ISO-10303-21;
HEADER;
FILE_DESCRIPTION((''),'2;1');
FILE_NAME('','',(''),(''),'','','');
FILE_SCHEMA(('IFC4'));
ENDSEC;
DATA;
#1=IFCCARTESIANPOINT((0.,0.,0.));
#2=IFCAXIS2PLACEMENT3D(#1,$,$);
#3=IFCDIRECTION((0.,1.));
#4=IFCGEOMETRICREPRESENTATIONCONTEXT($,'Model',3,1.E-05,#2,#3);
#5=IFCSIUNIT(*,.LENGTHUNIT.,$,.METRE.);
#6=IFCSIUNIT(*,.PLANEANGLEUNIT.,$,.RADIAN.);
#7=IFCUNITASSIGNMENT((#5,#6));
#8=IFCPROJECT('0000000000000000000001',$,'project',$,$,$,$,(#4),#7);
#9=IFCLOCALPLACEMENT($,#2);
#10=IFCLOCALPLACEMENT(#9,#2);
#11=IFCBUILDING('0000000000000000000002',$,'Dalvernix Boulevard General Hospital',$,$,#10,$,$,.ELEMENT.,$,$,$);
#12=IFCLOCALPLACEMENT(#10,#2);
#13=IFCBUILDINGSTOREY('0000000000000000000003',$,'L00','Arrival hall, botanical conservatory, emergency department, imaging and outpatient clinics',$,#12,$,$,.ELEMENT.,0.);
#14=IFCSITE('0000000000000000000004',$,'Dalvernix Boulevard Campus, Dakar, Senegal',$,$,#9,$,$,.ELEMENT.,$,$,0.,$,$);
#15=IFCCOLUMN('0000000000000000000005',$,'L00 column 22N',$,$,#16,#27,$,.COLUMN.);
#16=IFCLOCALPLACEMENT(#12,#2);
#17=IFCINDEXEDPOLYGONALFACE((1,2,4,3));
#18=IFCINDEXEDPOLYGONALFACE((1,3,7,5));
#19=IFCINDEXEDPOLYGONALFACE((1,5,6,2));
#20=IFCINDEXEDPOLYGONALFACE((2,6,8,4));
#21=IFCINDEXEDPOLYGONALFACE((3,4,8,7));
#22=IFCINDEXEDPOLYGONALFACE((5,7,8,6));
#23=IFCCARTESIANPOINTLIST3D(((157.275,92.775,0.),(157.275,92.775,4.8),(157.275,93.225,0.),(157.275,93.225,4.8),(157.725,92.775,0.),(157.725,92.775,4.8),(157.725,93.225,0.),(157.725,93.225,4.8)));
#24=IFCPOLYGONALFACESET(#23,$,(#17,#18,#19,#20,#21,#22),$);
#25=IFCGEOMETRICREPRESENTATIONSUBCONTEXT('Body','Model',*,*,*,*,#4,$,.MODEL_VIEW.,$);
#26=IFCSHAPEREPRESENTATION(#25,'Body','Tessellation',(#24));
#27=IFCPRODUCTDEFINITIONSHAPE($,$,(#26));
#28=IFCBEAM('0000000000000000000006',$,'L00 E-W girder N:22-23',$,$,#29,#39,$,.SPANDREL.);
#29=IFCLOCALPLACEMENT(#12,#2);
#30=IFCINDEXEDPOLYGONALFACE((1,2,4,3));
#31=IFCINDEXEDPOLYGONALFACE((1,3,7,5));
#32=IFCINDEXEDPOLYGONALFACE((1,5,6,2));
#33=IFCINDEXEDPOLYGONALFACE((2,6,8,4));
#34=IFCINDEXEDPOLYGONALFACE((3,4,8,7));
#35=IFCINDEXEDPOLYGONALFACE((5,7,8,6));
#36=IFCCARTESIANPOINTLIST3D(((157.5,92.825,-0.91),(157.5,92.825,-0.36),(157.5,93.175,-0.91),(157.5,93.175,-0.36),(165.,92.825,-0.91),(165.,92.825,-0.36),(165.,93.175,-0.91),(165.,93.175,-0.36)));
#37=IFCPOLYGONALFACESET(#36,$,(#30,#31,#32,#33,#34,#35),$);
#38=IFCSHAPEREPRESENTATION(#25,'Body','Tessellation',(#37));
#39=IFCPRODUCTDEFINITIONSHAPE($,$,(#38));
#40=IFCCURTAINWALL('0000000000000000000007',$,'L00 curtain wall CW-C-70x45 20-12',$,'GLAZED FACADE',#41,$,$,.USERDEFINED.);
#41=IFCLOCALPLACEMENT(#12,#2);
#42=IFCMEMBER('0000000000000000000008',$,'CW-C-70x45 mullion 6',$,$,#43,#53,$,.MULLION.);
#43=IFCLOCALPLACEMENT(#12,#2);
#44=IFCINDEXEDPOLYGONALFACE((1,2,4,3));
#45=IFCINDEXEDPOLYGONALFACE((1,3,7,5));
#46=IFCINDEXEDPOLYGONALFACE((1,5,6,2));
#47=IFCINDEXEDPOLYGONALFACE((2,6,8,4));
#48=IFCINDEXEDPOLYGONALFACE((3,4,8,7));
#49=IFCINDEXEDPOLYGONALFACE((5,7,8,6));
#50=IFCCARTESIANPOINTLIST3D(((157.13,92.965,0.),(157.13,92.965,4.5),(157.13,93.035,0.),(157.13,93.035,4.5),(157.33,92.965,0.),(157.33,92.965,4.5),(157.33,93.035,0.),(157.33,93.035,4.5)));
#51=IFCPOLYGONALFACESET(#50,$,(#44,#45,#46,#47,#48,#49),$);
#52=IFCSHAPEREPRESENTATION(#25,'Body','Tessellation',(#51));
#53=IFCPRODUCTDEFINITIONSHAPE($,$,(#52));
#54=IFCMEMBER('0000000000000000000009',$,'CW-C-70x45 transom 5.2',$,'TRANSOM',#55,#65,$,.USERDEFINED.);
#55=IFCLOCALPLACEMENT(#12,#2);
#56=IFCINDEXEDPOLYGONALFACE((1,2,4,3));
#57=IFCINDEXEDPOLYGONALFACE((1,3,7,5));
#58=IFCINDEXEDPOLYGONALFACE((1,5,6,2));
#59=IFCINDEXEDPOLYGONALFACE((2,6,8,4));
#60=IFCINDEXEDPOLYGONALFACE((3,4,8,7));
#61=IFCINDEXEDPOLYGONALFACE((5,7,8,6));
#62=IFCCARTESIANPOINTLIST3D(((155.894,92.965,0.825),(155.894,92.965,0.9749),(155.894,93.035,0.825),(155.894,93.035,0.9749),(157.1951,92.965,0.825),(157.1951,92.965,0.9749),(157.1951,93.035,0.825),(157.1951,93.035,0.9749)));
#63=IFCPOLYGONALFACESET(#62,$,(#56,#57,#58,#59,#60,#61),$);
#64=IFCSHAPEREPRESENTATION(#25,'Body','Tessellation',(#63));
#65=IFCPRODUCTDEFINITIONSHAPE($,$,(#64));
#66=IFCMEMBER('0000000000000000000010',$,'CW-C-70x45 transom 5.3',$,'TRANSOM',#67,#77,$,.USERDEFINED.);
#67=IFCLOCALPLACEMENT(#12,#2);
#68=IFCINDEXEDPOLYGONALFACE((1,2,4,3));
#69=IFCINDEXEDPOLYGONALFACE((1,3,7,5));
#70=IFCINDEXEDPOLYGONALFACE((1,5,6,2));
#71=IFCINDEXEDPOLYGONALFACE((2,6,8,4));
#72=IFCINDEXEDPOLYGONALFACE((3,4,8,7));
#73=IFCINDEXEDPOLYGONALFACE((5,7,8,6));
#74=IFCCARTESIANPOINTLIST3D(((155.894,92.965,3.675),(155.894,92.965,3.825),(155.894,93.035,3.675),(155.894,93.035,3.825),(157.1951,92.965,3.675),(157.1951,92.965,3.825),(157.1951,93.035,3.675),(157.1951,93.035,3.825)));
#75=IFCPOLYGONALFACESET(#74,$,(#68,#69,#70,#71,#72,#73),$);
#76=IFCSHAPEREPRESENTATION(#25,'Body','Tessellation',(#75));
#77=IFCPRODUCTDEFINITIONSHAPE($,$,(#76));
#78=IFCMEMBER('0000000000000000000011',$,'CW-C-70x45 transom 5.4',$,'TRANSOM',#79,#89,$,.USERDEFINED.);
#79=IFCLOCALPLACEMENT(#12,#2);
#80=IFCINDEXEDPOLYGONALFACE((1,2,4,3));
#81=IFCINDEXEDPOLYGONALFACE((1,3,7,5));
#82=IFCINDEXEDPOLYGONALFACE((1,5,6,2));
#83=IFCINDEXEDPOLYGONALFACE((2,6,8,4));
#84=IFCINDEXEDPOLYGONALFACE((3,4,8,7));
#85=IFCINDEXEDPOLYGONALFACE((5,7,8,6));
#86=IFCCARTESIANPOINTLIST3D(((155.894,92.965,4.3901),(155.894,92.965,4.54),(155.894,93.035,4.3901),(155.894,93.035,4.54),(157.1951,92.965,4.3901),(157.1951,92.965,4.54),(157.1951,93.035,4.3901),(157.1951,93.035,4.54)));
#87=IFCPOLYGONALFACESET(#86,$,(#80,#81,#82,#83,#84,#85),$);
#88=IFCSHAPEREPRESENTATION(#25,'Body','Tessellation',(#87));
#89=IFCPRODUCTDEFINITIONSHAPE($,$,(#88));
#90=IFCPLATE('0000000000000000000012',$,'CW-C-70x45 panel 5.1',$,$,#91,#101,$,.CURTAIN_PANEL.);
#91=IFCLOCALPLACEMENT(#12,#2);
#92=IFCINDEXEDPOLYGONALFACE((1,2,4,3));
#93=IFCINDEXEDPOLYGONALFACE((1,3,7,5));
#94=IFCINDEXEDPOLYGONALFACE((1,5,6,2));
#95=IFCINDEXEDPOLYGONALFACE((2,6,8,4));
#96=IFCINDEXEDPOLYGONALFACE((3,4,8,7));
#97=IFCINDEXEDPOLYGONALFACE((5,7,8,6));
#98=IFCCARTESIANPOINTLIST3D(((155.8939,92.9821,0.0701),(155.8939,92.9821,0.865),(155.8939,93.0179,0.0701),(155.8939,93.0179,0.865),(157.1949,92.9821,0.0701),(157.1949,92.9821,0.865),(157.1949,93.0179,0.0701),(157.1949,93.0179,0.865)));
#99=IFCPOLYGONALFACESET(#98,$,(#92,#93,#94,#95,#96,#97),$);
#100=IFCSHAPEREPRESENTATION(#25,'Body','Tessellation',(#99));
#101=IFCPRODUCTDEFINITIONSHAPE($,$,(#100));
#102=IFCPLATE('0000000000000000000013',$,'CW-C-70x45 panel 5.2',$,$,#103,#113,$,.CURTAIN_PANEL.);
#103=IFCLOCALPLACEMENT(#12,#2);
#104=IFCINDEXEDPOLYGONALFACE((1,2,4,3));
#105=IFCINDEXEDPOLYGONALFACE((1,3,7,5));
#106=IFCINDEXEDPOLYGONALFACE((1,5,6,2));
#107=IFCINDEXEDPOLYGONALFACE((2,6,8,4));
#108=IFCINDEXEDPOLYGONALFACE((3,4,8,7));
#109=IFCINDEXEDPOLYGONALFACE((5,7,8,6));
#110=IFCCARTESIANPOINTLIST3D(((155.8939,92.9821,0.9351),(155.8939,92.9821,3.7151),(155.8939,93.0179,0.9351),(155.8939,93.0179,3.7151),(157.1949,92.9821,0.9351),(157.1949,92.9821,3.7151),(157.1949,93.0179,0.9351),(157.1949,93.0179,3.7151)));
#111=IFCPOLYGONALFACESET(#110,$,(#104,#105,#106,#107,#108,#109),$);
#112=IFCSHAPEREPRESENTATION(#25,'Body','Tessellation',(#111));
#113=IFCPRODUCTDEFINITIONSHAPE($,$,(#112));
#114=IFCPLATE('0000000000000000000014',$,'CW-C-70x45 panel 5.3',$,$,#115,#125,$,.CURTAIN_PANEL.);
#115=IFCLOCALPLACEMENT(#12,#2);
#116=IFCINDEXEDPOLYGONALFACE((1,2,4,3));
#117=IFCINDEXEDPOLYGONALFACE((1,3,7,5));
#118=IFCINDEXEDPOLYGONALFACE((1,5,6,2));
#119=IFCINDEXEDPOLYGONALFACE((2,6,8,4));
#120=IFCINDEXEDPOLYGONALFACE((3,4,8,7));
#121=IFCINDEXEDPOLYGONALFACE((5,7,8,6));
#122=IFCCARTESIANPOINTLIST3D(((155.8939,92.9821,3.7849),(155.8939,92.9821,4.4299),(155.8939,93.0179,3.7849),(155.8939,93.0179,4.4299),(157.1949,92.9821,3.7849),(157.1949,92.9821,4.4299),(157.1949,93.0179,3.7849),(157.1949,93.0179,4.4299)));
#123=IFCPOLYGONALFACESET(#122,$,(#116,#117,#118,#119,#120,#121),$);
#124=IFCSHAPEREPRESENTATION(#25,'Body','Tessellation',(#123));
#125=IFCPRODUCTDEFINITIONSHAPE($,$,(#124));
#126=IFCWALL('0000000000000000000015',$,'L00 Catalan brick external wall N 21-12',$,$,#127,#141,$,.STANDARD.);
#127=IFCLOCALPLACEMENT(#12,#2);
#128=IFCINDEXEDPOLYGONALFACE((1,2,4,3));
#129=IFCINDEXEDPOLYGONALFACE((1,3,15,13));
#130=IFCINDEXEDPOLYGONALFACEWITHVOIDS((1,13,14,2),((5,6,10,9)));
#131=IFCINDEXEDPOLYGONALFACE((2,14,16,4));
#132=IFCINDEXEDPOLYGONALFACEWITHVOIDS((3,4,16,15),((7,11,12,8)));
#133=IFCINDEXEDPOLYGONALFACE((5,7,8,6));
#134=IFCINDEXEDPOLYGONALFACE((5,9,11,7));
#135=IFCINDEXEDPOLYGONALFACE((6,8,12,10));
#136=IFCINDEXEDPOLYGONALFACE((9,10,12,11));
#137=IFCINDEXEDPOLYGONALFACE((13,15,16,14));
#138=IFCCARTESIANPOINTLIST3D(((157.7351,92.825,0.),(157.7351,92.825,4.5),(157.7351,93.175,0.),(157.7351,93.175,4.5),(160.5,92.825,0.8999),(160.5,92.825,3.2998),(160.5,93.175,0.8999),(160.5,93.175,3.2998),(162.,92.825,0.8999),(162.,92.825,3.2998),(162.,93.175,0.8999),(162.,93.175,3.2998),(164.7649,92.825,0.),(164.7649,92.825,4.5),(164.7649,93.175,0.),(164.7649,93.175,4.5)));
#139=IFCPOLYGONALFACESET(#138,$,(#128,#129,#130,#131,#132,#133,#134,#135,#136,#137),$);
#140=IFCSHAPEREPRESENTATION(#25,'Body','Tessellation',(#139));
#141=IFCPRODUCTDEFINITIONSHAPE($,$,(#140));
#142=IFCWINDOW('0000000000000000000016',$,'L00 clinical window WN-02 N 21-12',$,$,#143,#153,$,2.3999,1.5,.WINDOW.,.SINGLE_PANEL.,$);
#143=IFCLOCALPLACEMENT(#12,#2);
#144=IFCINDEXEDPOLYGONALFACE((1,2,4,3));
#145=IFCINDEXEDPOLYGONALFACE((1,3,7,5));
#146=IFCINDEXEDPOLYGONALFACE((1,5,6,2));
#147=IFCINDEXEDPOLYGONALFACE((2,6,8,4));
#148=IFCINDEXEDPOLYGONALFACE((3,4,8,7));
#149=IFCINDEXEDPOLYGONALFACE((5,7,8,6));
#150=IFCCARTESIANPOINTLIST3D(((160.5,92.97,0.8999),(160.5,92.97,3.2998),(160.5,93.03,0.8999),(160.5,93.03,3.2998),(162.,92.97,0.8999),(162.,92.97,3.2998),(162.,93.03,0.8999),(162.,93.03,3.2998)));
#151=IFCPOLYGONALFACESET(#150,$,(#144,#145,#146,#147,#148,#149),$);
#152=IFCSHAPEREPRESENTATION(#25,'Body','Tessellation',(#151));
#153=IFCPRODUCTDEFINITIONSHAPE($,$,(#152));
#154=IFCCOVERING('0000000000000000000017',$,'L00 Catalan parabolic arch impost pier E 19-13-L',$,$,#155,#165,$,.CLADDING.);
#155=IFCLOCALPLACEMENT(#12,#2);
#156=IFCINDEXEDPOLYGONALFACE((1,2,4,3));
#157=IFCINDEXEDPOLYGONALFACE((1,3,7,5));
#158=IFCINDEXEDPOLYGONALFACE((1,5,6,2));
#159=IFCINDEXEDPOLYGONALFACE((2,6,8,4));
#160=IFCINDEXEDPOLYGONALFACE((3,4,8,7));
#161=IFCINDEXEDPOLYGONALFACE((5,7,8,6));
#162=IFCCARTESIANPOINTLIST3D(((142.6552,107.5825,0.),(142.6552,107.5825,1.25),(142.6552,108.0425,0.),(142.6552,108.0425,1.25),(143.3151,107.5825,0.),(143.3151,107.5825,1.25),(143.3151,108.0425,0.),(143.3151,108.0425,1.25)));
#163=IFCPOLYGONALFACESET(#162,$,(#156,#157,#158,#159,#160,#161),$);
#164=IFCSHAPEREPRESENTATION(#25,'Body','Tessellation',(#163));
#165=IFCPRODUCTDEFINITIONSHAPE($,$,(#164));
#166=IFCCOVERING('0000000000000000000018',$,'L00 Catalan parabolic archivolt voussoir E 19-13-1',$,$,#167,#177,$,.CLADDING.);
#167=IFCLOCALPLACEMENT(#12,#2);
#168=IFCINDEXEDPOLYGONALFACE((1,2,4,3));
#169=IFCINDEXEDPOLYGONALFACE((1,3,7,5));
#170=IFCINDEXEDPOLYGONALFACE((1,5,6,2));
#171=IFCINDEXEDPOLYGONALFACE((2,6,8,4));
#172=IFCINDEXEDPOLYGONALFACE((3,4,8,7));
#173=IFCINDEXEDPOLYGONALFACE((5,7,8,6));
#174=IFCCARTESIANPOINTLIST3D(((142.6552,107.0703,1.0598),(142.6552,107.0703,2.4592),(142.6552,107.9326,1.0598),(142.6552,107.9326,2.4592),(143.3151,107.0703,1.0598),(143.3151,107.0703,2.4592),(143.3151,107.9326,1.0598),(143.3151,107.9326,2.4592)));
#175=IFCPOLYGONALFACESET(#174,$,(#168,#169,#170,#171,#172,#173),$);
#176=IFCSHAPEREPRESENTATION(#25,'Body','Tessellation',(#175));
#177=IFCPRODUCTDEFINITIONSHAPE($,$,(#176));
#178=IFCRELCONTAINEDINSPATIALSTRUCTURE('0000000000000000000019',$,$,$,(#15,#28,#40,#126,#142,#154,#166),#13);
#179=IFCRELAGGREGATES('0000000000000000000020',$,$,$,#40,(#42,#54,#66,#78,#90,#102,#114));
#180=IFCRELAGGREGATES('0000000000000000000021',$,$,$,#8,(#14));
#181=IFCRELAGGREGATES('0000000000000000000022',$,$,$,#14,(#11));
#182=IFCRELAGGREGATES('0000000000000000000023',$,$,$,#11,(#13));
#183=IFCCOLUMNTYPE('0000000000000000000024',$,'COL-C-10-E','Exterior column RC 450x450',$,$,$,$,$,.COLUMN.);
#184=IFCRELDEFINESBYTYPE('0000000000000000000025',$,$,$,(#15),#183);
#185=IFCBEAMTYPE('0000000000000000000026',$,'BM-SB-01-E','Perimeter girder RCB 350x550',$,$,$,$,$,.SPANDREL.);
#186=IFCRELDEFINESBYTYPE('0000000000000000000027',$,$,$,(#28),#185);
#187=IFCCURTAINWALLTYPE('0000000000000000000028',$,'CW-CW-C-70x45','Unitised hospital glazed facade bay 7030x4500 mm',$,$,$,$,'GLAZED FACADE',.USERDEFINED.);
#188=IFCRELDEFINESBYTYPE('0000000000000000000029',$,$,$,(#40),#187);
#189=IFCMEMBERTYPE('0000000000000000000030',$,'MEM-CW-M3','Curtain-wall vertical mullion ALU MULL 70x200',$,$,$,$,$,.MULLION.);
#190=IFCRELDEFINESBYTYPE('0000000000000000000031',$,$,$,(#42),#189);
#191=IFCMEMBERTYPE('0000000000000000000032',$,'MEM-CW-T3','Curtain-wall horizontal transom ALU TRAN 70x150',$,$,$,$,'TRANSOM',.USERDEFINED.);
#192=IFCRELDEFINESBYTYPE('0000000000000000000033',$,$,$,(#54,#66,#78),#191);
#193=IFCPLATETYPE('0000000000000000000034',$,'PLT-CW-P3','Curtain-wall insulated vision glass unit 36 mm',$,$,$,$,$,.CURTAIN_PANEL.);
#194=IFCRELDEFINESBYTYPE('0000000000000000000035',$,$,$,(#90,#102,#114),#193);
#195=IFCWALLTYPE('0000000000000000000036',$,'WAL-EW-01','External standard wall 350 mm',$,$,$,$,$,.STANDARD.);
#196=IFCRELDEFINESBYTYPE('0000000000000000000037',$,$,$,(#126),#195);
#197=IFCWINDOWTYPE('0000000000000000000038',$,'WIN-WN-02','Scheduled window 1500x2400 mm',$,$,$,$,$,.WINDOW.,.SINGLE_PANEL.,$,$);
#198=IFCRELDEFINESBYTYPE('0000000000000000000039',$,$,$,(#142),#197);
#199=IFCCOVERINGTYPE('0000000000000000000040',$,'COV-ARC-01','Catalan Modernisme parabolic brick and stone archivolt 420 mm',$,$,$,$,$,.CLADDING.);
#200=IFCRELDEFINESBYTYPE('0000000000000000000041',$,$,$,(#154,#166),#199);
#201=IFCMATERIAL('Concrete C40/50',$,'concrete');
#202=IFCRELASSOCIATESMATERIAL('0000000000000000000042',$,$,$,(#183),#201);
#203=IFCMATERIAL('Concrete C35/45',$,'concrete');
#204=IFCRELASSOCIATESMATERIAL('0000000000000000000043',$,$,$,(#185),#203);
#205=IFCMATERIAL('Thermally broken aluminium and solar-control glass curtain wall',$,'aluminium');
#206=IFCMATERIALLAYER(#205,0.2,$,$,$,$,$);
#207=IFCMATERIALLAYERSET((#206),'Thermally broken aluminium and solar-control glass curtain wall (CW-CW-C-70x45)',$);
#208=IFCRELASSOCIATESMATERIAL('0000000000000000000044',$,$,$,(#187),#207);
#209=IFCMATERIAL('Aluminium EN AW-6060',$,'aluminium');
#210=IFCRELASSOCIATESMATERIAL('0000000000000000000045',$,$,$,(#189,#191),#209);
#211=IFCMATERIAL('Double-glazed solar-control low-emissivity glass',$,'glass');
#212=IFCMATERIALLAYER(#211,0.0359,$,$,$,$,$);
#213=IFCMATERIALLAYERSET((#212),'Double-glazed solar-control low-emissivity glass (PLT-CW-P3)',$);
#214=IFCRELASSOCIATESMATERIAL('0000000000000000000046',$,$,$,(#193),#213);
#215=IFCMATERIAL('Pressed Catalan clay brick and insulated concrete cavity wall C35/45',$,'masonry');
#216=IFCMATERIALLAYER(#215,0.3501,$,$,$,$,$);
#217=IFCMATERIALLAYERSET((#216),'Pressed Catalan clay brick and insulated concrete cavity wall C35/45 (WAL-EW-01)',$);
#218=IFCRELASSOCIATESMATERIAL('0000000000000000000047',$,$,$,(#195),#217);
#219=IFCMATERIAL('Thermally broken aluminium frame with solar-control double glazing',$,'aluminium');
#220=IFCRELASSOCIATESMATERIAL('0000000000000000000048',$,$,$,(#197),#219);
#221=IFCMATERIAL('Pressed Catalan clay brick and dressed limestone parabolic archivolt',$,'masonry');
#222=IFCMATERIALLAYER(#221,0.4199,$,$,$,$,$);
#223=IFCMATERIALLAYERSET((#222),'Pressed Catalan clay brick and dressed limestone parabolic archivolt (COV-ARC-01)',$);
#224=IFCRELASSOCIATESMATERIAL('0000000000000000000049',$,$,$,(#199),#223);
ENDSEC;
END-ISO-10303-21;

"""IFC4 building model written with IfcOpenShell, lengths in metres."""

from ifc_helpers import new_model, si_unit, direction, frame, frame_2d, origin, origin_2d, place, context, subcontext, project, spatial, rectangle, extrude, material, layer, layer_set, material_profile, profile_set, type_object, element, fill, aggregate, save


model = new_model("IFC4")

# Units and contexts
model_context = context("Model", 3, precision=1e-05, world=origin(), true_north=direction((0.0, 1.0)))
body_context = subcontext(model_context, "Body", "Model", "MODEL_VIEW")
ifc_project = project(units=[si_unit("LENGTHUNIT", "METRE"), si_unit("PLANEANGLEUNIT", "RADIAN")], contexts=[model_context])

# Site, building, storey
site_placement = place(None, origin())
site = spatial("IfcSite", under=ifc_project, at=site_placement, Name="Dalvernix Boulevard Campus, Dakar, Senegal", CompositionType="ELEMENT", RefElevation=0.0)
building_placement = place(site_placement, origin())
building = spatial("IfcBuilding", under=site, at=building_placement, Name="Dalvernix Boulevard General Hospital", CompositionType="ELEMENT")
storey_placement = place(building_placement, origin())
storey = spatial("IfcBuildingStorey", under=building, at=storey_placement, Name="L00", Description="Arrival hall, botanical conservatory, emergency department, imaging and outpatient clinics", CompositionType="ELEMENT", Elevation=0.0)

# Column
ifc_material_1 = material(Name="Concrete C40/50", Category="concrete")
ifc_material_profile_1 = material_profile(ifc_material_1, rectangle(XDim=0.45, YDim=0.45, at=origin_2d()), Name="RC 450x450")
ifc_profile_set_1 = profile_set([ifc_material_profile_1], Name="Concrete C40/50")
column_type = type_object("IfcColumnType", Name="COL-C-10-E", Description="Exterior column RC 450x450", PredefinedType="COLUMN", material=ifc_profile_set_1)
column_placement = place(storey_placement, frame((157.5, 93.0, 0.0), z_axis=(0.0, 0.0, 1.0), x_axis=(1.0, 0.0, 0.0)))
element("IfcColumn", 1, at=column_placement, inside=storey, type_object=column_type, Name="L00 column 22N", PredefinedType="COLUMN", context=body_context, shape_type="SweptSolid", body=[
    extrude(rectangle(XDim=0.45, YDim=0.45, at=origin_2d()), origin(), (0.0, 0.0, 1.0), 4.8),
])

# Beam
ifc_material_2 = material(Name="Concrete C35/45", Category="concrete")
ifc_material_profile_2 = material_profile(ifc_material_2, rectangle(XDim=0.3501, YDim=0.55, at=origin_2d()), Name="RCB 350x550")
ifc_profile_set_2 = profile_set([ifc_material_profile_2], Name="Concrete C35/45")
beam_type = type_object("IfcBeamType", Name="BM-SB-01-E", Description="Perimeter girder RCB 350x550", PredefinedType="SPANDREL", material=ifc_profile_set_2)
beam_placement = place(storey_placement, frame((157.5, 93.0, -0.635), z_axis=(1.0, 0.0, 0.0), x_axis=(0.0, 1.0, 0.0)))
element("IfcBeam", 2, at=beam_placement, inside=storey, type_object=beam_type, Name="L00 E-W girder N:22-23", PredefinedType="SPANDREL", context=body_context, shape_type="SweptSolid", body=[
    extrude(rectangle(XDim=0.3501, YDim=0.55, at=origin_2d()), origin(), (0.0, 0.0, 1.0), 7.5),
])

# Curtain wall, members, plates
ifc_material_3 = material(Name="Thermally broken aluminium and solar-control glass curtain wall", Category="aluminium")
ifc_layer_1 = layer(ifc_material_3, 0.2)
ifc_layer_set_1 = layer_set([ifc_layer_1], Name="Thermally broken aluminium and solar-control glass curtain wall (CW-CW-C-70x45)")
curtain_wall_type = type_object("IfcCurtainWallType", Name="CW-CW-C-70x45", Description="Unitised hospital glazed facade bay 7030x4500 mm", ElementType="GLAZED FACADE", PredefinedType="USERDEFINED", material=ifc_layer_set_1)
curtain_wall_placement = place(storey_placement, origin())
curtain_wall = element("IfcCurtainWall", 3, at=curtain_wall_placement, inside=storey, type_object=curtain_wall_type, Name="L00 curtain wall CW-C-70x45 20-12", ObjectType="GLAZED FACADE", PredefinedType="USERDEFINED")
ifc_material_4 = material(Name="Aluminium EN AW-6060", Category="aluminium")
ifc_material_profile_3 = material_profile(ifc_material_4, rectangle(XDim=0.0701, YDim=0.2, at=origin_2d()), Name="ALU MULL 70x200")
ifc_profile_set_3 = profile_set([ifc_material_profile_3], Name="Aluminium EN AW-6060")
member_type_1 = type_object("IfcMemberType", Name="MEM-CW-M3", Description="Curtain-wall vertical mullion ALU MULL 70x200", PredefinedType="MULLION", material=ifc_profile_set_3)
member_1_placement = place(storey_placement, frame((157.23, 93.0, 0.0), z_axis=(0.0, 0.0, 1.0), x_axis=(0.0, 1.0, 0.0)))
member_1 = element("IfcMember", 4, at=member_1_placement, type_object=member_type_1, Name="CW-C-70x45 mullion 6", PredefinedType="MULLION", context=body_context, shape_type="SweptSolid", body=[
    extrude(rectangle(XDim=0.0701, YDim=0.2, at=origin_2d()), origin(), (0.0, 0.0, 1.0), 4.5),
])
ifc_material_profile_4 = material_profile(ifc_material_4, rectangle(XDim=0.0701, YDim=0.1499, at=origin_2d()), Name="ALU TRAN 70x150")
ifc_profile_set_4 = profile_set([ifc_material_profile_4], Name="Aluminium EN AW-6060")
member_type_2 = type_object("IfcMemberType", Name="MEM-CW-T3", Description="Curtain-wall horizontal transom ALU TRAN 70x150", ElementType="TRANSOM", PredefinedType="USERDEFINED", material=ifc_profile_set_4)
member_2_placement = place(storey_placement, frame((155.894, 93.0, 0.8999), z_axis=(1.0, 0.0, 0.0), x_axis=(0.0, 1.0, 0.0)))
member_2 = element("IfcMember", 5, at=member_2_placement, type_object=member_type_2, Name="CW-C-70x45 transom 5.2", ObjectType="TRANSOM", PredefinedType="USERDEFINED", context=body_context, shape_type="SweptSolid", body=[
    extrude(rectangle(XDim=0.0701, YDim=0.1499, at=origin_2d()), origin(), (0.0, 0.0, 1.0), 1.301),
])
member_3_placement = place(storey_placement, frame((155.894, 93.0, 3.75), z_axis=(1.0, 0.0, 0.0), x_axis=(0.0, 1.0, 0.0)))
member_3 = element("IfcMember", 6, at=member_3_placement, type_object=member_type_2, Name="CW-C-70x45 transom 5.3", ObjectType="TRANSOM", PredefinedType="USERDEFINED", context=body_context, shape_type="SweptSolid", body=[
    extrude(rectangle(XDim=0.0701, YDim=0.1499, at=origin_2d()), origin(), (0.0, 0.0, 1.0), 1.301),
])
member_4_placement = place(storey_placement, frame((155.894, 93.0, 4.4651), z_axis=(1.0, 0.0, 0.0), x_axis=(0.0, 1.0, 0.0)))
member_4 = element("IfcMember", 7, at=member_4_placement, type_object=member_type_2, Name="CW-C-70x45 transom 5.4", ObjectType="TRANSOM", PredefinedType="USERDEFINED", context=body_context, shape_type="SweptSolid", body=[
    extrude(rectangle(XDim=0.0701, YDim=0.1499, at=origin_2d()), origin(), (0.0, 0.0, 1.0), 1.301),
])
ifc_material_5 = material(Name="Double-glazed solar-control low-emissivity glass", Category="glass")
ifc_layer_2 = layer(ifc_material_5, 0.0359)
ifc_layer_set_2 = layer_set([ifc_layer_2], Name="Double-glazed solar-control low-emissivity glass (PLT-CW-P3)")
plate_type = type_object("IfcPlateType", Name="PLT-CW-P3", Description="Curtain-wall insulated vision glass unit 36 mm", PredefinedType="CURTAIN_PANEL", material=ifc_layer_set_2)
plate_1_placement = place(storey_placement, frame((156.5444, 93.0, 0.0701), z_axis=(0.0, 0.0, 1.0), x_axis=(1.0, 0.0, 0.0)))
plate_1 = element("IfcPlate", 8, at=plate_1_placement, type_object=plate_type, Name="CW-C-70x45 panel 5.1", PredefinedType="CURTAIN_PANEL", context=body_context, shape_type="SweptSolid", body=[
    extrude(rectangle(XDim=1.301, YDim=0.0359, at=origin_2d()), origin(), (0.0, 0.0, 1.0), 0.7949),
])
plate_2_placement = place(storey_placement, frame((156.5444, 93.0, 0.9351), z_axis=(0.0, 0.0, 1.0), x_axis=(1.0, 0.0, 0.0)))
plate_2 = element("IfcPlate", 9, at=plate_2_placement, type_object=plate_type, Name="CW-C-70x45 panel 5.2", PredefinedType="CURTAIN_PANEL", context=body_context, shape_type="SweptSolid", body=[
    extrude(rectangle(XDim=1.301, YDim=0.0359, at=origin_2d()), origin(), (0.0, 0.0, 1.0), 2.78),
])
plate_3_placement = place(storey_placement, frame((156.5444, 93.0, 3.7849), z_axis=(0.0, 0.0, 1.0), x_axis=(1.0, 0.0, 0.0)))
plate_3 = element("IfcPlate", 10, at=plate_3_placement, type_object=plate_type, Name="CW-C-70x45 panel 5.3", PredefinedType="CURTAIN_PANEL", context=body_context, shape_type="SweptSolid", body=[
    extrude(rectangle(XDim=1.301, YDim=0.0359, at=origin_2d()), origin(), (0.0, 0.0, 1.0), 0.645),
])
aggregate(curtain_wall, [member_1, member_2, member_3, member_4, plate_1, plate_2, plate_3])

# Wall, opening, window
ifc_material_6 = material(Name="Pressed Catalan clay brick and insulated concrete cavity wall C35/45", Category="masonry")
ifc_layer_3 = layer(ifc_material_6, 0.3501)
ifc_layer_set_3 = layer_set([ifc_layer_3], Name="Pressed Catalan clay brick and insulated concrete cavity wall C35/45 (WAL-EW-01)")
wall_type = type_object("IfcWallType", Name="WAL-EW-01", Description="External standard wall 350 mm", PredefinedType="STANDARD", material=ifc_layer_set_3)
wall_placement = place(storey_placement, frame((157.7351, 93.0, 0.0), z_axis=(0.0, 0.0, 1.0), x_axis=(1.0, 0.0, 0.0)))
wall = element("IfcWall", 11, at=wall_placement, inside=storey, type_object=wall_type, Name="L00 Catalan brick external wall N 21-12", PredefinedType="STANDARD", context=body_context, shape_type="SweptSolid", body=[
    extrude(rectangle(XDim=7.0298, YDim=0.3501, at=frame_2d((3.5149, 0.0))), origin(), (0.0, 0.0, 1.0), 4.5),
])
opening_placement = place(wall_placement, frame((2.7649, 0.0, 0.8999)))
opening = element("IfcOpeningElement", 12, at=opening_placement, cuts=wall, PredefinedType="OPENING", context=body_context, shape_type="SweptSolid", body=[
    extrude(rectangle(XDim=1.5, YDim=2.3999, at=frame_2d((0.75, 1.2))), frame((0.0, 0.1851, 0.0), z_axis=(0.0, -1.0, 0.0), x_axis=(1.0, 0.0, 0.0)), (0.0, 0.0, 1.0), 0.3701),
])
ifc_material_7 = material(Name="Thermally broken aluminium frame with solar-control double glazing", Category="aluminium")
window_type = type_object("IfcWindowType", Name="WIN-WN-02", Description="Scheduled window 1500x2400 mm", PartitioningType="SINGLE_PANEL", PredefinedType="WINDOW", material=ifc_material_7)
window_placement = place(opening_placement, origin())
window = element("IfcWindow", 13, at=window_placement, inside=storey, type_object=window_type, Name="L00 clinical window WN-02 N 21-12", OverallHeight=2.3999, OverallWidth=1.5, PartitioningType="SINGLE_PANEL", PredefinedType="WINDOW", context=body_context, shape_type="SweptSolid", body=[
    extrude(rectangle(XDim=1.5, YDim=2.3999, at=frame_2d((0.75, 1.2))), frame((0.0, 0.03, 0.0), z_axis=(0.0, -1.0, 0.0), x_axis=(1.0, 0.0, 0.0)), (0.0, 0.0, 1.0), 0.0601),
])
fill(opening, window)

# Coverings
ifc_material_8 = material(Name="Pressed Catalan clay brick and dressed limestone parabolic archivolt", Category="masonry")
ifc_layer_4 = layer(ifc_material_8, 0.4199)
ifc_layer_set_4 = layer_set([ifc_layer_4], Name="Pressed Catalan clay brick and dressed limestone parabolic archivolt (COV-ARC-01)")
covering_type_1 = type_object("IfcCoveringType", Name="COV-ARC-01", Description="Catalan Modernisme parabolic brick and stone archivolt 420 mm", PredefinedType="CLADDING", material=ifc_layer_set_4)
covering_1_placement = place(storey_placement, frame((142.9851, 107.8125, 0.0), z_axis=(0.0, 0.0, 1.0), x_axis=(0.0, -1.0, 0.0)))
element("IfcCovering", 14, at=covering_1_placement, inside=storey, type_object=covering_type_1, Name="L00 Catalan parabolic arch impost pier E 19-13-L", PredefinedType="CLADDING", context=body_context, shape_type="SweptSolid", body=[
    extrude(rectangle(XDim=0.46, YDim=0.6599, at=origin_2d()), origin(), (0.0, 0.0, 1.0), 1.25),
])
covering_2_placement = place(storey_placement, frame((142.9851, 107.5015, 1.0598), z_axis=(0.0, 0.0, 1.0), x_axis=(0.0, -1.0, 0.0)))
element("IfcCovering", 15, at=covering_2_placement, inside=storey, type_object=covering_type_1, Name="L00 Catalan parabolic archivolt voussoir E 19-13-1", PredefinedType="CLADDING", context=body_context, shape_type="SweptSolid", body=[
    extrude(rectangle(XDim=0.8623, YDim=0.6599, at=origin_2d()), origin(), (0.0, 0.0, 1.0), 1.3994),
])

save(model, "model.ifc")
